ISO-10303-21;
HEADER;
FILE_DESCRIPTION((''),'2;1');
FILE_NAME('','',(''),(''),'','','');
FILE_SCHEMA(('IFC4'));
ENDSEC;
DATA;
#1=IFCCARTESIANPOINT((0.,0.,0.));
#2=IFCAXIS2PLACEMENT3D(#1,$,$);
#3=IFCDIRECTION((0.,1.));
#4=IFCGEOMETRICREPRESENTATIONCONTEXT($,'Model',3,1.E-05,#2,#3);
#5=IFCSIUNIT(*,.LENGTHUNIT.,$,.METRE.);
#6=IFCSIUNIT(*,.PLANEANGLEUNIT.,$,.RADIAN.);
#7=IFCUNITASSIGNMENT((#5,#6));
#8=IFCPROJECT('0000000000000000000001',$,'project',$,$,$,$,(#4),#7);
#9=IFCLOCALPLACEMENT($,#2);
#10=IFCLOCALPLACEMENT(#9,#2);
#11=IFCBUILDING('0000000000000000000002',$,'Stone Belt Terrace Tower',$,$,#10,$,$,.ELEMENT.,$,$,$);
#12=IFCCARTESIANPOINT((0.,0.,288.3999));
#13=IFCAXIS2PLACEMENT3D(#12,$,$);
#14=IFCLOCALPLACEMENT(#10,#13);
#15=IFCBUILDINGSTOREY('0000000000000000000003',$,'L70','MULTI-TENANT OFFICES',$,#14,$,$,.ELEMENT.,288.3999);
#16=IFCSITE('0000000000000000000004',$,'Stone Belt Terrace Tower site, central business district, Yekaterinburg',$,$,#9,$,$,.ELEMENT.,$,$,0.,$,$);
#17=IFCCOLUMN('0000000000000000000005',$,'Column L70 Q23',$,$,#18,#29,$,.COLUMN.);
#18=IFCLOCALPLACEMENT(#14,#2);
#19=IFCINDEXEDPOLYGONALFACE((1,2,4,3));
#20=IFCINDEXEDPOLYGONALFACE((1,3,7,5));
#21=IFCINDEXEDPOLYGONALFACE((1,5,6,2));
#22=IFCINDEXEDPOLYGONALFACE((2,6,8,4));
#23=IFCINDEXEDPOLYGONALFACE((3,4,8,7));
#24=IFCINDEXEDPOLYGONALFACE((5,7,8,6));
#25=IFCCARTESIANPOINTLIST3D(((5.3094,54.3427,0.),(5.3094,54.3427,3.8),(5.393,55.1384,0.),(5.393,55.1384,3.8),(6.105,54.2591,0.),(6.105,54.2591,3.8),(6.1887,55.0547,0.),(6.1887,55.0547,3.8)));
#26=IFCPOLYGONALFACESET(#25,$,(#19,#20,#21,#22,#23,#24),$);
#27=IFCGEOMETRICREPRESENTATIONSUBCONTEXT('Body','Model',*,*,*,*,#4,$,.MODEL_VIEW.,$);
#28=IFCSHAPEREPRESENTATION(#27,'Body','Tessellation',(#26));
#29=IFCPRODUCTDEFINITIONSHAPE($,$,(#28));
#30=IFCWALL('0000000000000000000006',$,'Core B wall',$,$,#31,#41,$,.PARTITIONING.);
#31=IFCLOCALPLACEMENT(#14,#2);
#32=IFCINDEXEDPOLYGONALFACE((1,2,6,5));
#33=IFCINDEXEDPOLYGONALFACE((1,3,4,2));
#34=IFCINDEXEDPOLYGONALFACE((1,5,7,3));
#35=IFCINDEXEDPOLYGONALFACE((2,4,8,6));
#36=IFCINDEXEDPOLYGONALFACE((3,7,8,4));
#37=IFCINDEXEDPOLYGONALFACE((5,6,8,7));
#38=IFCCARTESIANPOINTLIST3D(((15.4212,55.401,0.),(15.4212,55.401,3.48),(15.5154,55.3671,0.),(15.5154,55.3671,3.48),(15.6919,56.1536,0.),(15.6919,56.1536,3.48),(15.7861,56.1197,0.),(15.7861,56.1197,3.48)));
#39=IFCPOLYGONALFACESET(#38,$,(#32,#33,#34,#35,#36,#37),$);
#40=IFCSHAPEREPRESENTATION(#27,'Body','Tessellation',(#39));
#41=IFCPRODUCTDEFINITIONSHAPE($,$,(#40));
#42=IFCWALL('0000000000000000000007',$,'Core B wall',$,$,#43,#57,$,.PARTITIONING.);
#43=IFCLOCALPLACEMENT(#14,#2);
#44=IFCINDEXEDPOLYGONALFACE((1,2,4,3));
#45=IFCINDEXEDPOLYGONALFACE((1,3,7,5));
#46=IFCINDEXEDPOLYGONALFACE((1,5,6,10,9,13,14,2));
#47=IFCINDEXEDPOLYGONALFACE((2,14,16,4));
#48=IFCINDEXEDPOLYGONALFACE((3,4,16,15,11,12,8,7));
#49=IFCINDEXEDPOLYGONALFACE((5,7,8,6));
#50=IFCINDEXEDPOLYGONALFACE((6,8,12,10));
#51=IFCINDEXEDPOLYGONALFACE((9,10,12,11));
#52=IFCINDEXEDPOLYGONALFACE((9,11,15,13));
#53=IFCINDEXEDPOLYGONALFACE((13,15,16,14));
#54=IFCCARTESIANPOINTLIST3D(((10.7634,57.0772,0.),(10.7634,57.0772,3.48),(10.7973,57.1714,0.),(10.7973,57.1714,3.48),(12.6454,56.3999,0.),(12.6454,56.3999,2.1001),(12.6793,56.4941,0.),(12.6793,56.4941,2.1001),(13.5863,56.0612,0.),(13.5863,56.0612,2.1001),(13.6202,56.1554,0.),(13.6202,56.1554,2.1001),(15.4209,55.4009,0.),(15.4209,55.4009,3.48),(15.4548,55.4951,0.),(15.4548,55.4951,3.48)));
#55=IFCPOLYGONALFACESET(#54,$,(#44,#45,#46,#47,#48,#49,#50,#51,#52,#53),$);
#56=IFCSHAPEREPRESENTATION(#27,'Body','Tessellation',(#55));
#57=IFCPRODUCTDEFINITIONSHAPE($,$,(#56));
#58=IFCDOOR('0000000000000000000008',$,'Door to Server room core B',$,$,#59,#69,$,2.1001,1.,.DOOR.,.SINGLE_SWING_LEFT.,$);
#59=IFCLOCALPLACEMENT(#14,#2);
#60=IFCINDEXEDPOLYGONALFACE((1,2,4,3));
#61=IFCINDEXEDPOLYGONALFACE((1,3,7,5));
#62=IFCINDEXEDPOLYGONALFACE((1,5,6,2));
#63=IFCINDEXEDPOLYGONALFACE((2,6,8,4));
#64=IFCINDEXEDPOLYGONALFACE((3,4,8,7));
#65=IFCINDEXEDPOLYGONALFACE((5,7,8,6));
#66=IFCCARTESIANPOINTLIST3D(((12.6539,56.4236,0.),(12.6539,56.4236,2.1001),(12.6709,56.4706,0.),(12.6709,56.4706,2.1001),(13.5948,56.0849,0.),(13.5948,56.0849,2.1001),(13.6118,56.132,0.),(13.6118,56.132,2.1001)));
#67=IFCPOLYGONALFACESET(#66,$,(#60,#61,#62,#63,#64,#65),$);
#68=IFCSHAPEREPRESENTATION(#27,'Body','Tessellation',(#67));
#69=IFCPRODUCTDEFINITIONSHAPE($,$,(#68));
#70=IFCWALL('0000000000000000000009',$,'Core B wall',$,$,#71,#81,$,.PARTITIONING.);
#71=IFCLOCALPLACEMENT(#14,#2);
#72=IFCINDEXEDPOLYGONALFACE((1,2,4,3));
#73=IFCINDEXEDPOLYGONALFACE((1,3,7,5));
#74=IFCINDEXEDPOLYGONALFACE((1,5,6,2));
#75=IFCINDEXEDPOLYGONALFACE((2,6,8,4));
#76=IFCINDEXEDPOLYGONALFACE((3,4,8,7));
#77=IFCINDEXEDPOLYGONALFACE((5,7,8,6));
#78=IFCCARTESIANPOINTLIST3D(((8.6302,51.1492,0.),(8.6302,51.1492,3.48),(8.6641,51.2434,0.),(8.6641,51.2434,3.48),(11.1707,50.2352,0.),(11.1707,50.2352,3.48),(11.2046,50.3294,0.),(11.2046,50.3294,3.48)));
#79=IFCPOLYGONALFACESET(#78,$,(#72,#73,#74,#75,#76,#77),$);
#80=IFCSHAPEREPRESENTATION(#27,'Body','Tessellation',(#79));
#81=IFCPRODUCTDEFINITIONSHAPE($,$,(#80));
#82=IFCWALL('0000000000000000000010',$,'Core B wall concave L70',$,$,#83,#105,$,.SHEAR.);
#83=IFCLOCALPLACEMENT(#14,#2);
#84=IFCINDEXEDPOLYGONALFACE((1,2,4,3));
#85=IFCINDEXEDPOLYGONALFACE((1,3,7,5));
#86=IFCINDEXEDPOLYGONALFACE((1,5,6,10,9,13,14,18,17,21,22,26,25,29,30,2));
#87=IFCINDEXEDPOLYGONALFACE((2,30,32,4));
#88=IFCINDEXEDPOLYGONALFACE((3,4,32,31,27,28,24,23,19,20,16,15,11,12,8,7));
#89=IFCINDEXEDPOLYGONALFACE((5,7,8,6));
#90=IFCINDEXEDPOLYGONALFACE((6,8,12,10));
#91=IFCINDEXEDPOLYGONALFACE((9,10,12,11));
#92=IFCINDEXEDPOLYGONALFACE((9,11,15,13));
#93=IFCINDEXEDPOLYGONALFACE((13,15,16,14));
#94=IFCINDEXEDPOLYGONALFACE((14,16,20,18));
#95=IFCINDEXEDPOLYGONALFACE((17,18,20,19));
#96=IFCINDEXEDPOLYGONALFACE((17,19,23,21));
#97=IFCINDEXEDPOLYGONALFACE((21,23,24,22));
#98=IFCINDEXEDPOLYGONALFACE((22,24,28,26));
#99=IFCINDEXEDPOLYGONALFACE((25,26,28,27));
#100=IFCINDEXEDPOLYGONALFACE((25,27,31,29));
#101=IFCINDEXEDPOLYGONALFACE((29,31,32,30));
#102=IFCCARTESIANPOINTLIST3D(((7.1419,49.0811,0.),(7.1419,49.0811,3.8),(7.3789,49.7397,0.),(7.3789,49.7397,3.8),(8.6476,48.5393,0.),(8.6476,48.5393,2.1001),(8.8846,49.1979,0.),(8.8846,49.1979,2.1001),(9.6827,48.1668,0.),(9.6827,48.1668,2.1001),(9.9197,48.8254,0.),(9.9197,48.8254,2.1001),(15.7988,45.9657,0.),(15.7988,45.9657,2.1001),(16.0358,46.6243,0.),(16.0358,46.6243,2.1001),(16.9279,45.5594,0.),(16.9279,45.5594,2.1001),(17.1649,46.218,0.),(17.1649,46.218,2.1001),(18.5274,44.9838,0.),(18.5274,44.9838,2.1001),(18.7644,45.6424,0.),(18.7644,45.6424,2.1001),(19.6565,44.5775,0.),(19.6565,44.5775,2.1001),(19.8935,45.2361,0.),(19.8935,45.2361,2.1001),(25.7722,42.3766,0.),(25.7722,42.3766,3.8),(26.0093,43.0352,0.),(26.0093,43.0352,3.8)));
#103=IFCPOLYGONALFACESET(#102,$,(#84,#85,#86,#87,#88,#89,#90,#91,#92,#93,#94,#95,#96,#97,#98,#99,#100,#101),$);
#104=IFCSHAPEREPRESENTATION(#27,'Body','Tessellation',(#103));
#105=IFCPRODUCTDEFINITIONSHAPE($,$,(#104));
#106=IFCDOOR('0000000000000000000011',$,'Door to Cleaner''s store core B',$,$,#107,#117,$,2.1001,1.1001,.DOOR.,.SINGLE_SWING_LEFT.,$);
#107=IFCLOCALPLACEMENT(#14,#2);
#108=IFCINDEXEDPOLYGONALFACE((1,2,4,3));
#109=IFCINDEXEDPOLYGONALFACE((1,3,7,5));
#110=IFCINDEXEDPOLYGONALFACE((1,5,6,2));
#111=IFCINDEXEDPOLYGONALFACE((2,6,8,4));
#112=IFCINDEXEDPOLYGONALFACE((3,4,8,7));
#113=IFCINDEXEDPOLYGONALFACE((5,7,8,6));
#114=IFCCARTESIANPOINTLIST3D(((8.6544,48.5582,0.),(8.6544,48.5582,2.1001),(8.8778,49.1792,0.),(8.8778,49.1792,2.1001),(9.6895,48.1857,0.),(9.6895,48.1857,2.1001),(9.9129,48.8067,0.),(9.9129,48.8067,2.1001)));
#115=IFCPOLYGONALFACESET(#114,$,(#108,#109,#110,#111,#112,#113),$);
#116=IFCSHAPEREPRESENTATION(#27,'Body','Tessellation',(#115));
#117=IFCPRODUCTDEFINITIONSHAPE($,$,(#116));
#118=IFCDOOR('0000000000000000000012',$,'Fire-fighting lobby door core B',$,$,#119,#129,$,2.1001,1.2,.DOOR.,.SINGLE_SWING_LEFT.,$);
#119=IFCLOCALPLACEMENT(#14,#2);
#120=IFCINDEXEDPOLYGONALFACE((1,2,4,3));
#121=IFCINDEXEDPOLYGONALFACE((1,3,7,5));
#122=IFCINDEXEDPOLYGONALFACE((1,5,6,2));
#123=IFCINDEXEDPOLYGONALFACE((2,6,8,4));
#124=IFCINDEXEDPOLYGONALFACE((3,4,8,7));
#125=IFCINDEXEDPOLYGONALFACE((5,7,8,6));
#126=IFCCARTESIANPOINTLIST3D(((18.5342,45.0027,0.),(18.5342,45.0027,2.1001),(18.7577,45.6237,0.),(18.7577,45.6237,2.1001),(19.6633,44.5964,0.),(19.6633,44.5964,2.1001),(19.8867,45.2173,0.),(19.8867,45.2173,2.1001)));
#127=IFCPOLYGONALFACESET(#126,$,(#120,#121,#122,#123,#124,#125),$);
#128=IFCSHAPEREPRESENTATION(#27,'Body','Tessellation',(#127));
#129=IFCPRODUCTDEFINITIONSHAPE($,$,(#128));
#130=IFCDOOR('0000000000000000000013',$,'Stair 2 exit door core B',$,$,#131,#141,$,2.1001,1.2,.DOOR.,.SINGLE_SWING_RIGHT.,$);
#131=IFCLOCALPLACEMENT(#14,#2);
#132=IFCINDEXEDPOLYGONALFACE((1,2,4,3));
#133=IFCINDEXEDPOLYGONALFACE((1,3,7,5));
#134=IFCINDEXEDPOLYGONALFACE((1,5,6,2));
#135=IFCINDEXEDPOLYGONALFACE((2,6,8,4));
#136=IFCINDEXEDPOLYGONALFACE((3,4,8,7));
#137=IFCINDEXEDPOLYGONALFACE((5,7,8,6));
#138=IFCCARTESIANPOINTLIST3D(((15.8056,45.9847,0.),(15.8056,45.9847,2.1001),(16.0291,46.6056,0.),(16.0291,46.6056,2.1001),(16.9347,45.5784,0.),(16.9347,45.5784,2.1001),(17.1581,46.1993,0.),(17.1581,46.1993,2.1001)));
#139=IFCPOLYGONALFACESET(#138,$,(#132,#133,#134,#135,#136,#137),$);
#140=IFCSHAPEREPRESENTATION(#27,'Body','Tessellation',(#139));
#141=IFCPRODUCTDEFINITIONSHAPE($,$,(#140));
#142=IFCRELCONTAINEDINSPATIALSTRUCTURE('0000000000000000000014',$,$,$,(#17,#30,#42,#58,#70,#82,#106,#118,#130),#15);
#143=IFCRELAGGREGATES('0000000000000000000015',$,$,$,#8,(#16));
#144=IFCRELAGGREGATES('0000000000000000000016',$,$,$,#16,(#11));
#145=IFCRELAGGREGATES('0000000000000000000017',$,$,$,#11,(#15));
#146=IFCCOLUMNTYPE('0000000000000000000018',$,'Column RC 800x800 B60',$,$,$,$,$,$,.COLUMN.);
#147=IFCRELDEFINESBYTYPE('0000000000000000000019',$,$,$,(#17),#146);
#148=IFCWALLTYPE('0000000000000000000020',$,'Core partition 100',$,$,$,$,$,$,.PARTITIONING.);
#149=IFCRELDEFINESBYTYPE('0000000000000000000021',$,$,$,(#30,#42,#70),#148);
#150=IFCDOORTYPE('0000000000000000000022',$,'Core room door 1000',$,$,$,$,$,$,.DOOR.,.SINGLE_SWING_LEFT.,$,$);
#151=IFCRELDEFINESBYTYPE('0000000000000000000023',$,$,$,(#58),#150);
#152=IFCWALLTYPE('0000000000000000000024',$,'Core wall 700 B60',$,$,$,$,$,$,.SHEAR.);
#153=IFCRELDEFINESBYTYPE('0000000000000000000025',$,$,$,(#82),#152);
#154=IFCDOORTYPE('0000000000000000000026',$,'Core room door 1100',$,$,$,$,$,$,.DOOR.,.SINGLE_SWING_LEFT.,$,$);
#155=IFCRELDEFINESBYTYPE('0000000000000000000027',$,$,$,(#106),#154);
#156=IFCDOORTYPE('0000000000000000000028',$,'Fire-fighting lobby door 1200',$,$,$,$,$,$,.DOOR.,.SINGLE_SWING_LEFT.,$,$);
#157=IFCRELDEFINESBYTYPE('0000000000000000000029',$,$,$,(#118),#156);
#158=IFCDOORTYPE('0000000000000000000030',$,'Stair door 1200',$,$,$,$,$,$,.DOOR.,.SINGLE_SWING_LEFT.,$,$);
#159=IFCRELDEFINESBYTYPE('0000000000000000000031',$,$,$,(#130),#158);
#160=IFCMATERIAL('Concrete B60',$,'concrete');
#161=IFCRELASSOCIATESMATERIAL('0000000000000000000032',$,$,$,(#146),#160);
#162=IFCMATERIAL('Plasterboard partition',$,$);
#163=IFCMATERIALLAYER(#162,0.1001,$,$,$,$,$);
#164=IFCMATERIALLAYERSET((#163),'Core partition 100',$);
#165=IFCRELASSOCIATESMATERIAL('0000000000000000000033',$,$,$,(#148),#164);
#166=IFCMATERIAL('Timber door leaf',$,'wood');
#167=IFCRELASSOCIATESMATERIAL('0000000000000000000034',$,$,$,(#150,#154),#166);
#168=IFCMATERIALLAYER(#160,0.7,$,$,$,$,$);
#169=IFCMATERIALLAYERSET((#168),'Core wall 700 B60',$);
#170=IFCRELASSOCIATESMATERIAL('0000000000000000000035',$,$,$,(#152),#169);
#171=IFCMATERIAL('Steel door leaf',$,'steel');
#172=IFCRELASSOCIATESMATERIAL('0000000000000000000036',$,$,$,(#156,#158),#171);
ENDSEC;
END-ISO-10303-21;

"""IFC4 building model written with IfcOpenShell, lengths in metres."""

from ifc_helpers import new_model, si_unit, direction, frame, frame_2d, origin, origin_2d, place, context, subcontext, project, spatial, rectangle, extrude, material, layer, layer_set, material_profile, profile_set, type_object, element, fill, save


model = new_model("IFC4")

# Units and contexts
model_context = context("Model", 3, precision=1e-05, world=origin(), true_north=direction((0.0, 1.0)))
body_context = subcontext(model_context, "Body", "Model", "MODEL_VIEW")
ifc_project = project(units=[si_unit("LENGTHUNIT", "METRE"), si_unit("PLANEANGLEUNIT", "RADIAN")], contexts=[model_context])

# Site, building, storey
site_placement = place(None, origin())
site = spatial("IfcSite", under=ifc_project, at=site_placement, Name="Stone Belt Terrace Tower site, central business district, Yekaterinburg", CompositionType="ELEMENT", RefElevation=0.0)
building_placement = place(site_placement, origin())
building = spatial("IfcBuilding", under=site, at=building_placement, Name="Stone Belt Terrace Tower", CompositionType="ELEMENT")
storey_placement = place(building_placement, frame((0.0, 0.0, 288.3999)))
storey = spatial("IfcBuildingStorey", under=building, at=storey_placement, Name="L70", Description="MULTI-TENANT OFFICES", CompositionType="ELEMENT", Elevation=288.3999)

# Column
ifc_material_1 = material(Name="Concrete B60", Category="concrete")
ifc_material_profile = material_profile(ifc_material_1, rectangle(XDim=0.8, YDim=0.8, at=origin_2d()), Name="RC 800x800")
ifc_profile_set = profile_set([ifc_material_profile], Name="Concrete B60")
column_type = type_object("IfcColumnType", Name="Column RC 800x800 B60", PredefinedType="COLUMN", material=ifc_profile_set)
column_placement = place(storey_placement, frame((5.749, 54.6987, 0.0), z_axis=(0.0, 0.0, 1.0), x_axis=(0.994522, -0.104528, 0.0)))
element("IfcColumn", 1, at=column_placement, inside=storey, type_object=column_type, Name="Column L70 Q23", PredefinedType="COLUMN", context=body_context, shape_type="SweptSolid", body=[
    extrude(rectangle(XDim=0.8, YDim=0.8, at=origin_2d()), origin(), (0.0, 0.0, 1.0), 3.8),
])

# Wall
ifc_material_2 = material(Name="Plasterboard partition")
ifc_layer_1 = layer(ifc_material_2, 0.1001)
ifc_layer_set_1 = layer_set([ifc_layer_1], Name="Core partition 100")
wall_type_1 = type_object("IfcWallType", Name="Core partition 100", PredefinedType="PARTITIONING", material=ifc_layer_set_1)
wall_1_placement = place(storey_placement, frame((15.4683, 55.384, 0.0), z_axis=(0.0, 0.0, 1.0), x_axis=(0.338482, 0.940973, 0.0)))
element("IfcWall", 2, at=wall_1_placement, inside=storey, type_object=wall_type_1, Name="Core B wall", PredefinedType="PARTITIONING", context=body_context, shape_type="SweptSolid", body=[
    extrude(rectangle(XDim=0.7998, YDim=0.1001, at=frame_2d((0.3999, 0.0))), origin(), (0.0, 0.0, 1.0), 3.48),
])

# Wall, opening, door
wall_2_placement = place(storey_placement, frame((15.438, 55.448, 0.0), z_axis=(0.0, 0.0, 1.0), x_axis=(-0.940914, 0.338644, 0.0)))
wall_2 = element("IfcWall", 3, at=wall_2_placement, inside=storey, type_object=wall_type_1, Name="Core B wall", PredefinedType="PARTITIONING", context=body_context, shape_type="SweptSolid", body=[
    extrude(rectangle(XDim=4.95, YDim=0.1001, at=frame_2d((2.4751, 0.0))), origin(), (0.0, 0.0, 1.0), 3.48),
])
opening_1_placement = place(wall_2_placement, frame((1.95, 0.0, 0.0)))
opening_1 = element("IfcOpeningElement", 4, at=opening_1_placement, cuts=wall_2, PredefinedType="OPENING", context=body_context, shape_type="SweptSolid", body=[
    extrude(rectangle(XDim=1.0, YDim=2.1001, at=frame_2d((0.5, 1.05))), frame((0.0, 0.0601, 0.0), z_axis=(0.0, -1.0, 0.0), x_axis=(1.0, 0.0, 0.0)), (0.0, 0.0, 1.0), 0.1201),
])
ifc_material_3 = material(Name="Timber door leaf", Category="wood")
door_type_1 = type_object("IfcDoorType", Name="Core room door 1000", OperationType="SINGLE_SWING_LEFT", PredefinedType="DOOR", material=ifc_material_3)
door_1_placement = place(opening_1_placement, origin())
door_1 = element("IfcDoor", 5, at=door_1_placement, inside=storey, type_object=door_type_1, Name="Door to Server room core B", OperationType="SINGLE_SWING_LEFT", OverallHeight=2.1001, OverallWidth=1.0, PredefinedType="DOOR", context=body_context, shape_type="SweptSolid", body=[
    extrude(rectangle(XDim=1.0, YDim=2.1001, at=frame_2d((0.5, 1.05))), frame((0.0, 0.0249, 0.0), z_axis=(0.0, -1.0, 0.0), x_axis=(1.0, 0.0, 0.0)), (0.0, 0.0, 1.0), 0.05),
])
fill(opening_1, door_1)

# Wall
wall_3_placement = place(storey_placement, frame((11.1877, 50.2822, 0.0), z_axis=(0.0, 0.0, 1.0), x_axis=(-0.94095, 0.338547, 0.0)))
element("IfcWall", 6, at=wall_3_placement, inside=storey, type_object=wall_type_1, Name="Core B wall", PredefinedType="PARTITIONING", context=body_context, shape_type="SweptSolid", body=[
    extrude(rectangle(XDim=2.7, YDim=0.1001, at=frame_2d((1.3501, 0.0))), origin(), (0.0, 0.0, 1.0), 3.48),
])

# Wall, openings, doors
ifc_layer_2 = layer(ifc_material_1, 0.7)
ifc_layer_set_2 = layer_set([ifc_layer_2], Name="Core wall 700 B60")
wall_type_2 = type_object("IfcWallType", Name="Core wall 700 B60", PredefinedType="SHEAR", material=ifc_layer_set_2)
wall_4_placement = place(storey_placement, frame((7.2605, 49.4104, 0.0), z_axis=(0.0, 0.0, 1.0), x_axis=(0.940925, -0.338615, 0.0)))
wall_4 = element("IfcWall", 7, at=wall_4_placement, inside=storey, type_object=wall_type_2, Name="Core B wall concave L70", PredefinedType="SHEAR", context=body_context, shape_type="SweptSolid", body=[
    extrude(rectangle(XDim=19.8, YDim=0.7, at=frame_2d((9.8999, 0.0))), origin(), (0.0, 0.0, 1.0), 3.8),
])
opening_2_placement = place(wall_4_placement, frame((12.1001, 0.0, 0.0)))
opening_2 = element("IfcOpeningElement", 8, at=opening_2_placement, cuts=wall_4, PredefinedType="OPENING", context=body_context, shape_type="SweptSolid", body=[
    extrude(rectangle(XDim=1.2, YDim=2.1001, at=frame_2d((0.6001, 1.05))), frame((0.0, 0.3599, 0.0), z_axis=(0.0, -1.0, 0.0), x_axis=(1.0, 0.0, 0.0)), (0.0, 0.0, 1.0), 0.72),
])
opening_3_placement = place(wall_4_placement, frame((9.2002, 0.0, 0.0)))
opening_3 = element("IfcOpeningElement", 9, at=opening_3_placement, cuts=wall_4, PredefinedType="OPENING", context=body_context, shape_type="SweptSolid", body=[
    extrude(rectangle(XDim=1.2, YDim=2.1001, at=frame_2d((0.6001, 1.05))), frame((0.0, 0.3599, 0.0), z_axis=(0.0, -1.0, 0.0), x_axis=(1.0, 0.0, 0.0)), (0.0, 0.0, 1.0), 0.72),
])
opening_4_placement = place(wall_4_placement, frame((1.6001, 0.0, 0.0)))
opening_4 = element("IfcOpeningElement", 10, at=opening_4_placement, cuts=wall_4, PredefinedType="OPENING", context=body_context, shape_type="SweptSolid", body=[
    extrude(rectangle(XDim=1.1001, YDim=2.1001, at=frame_2d((0.55, 1.05))), frame((0.0, 0.3599, 0.0), z_axis=(0.0, -1.0, 0.0), x_axis=(1.0, 0.0, 0.0)), (0.0, 0.0, 1.0), 0.72),
])
door_type_2 = type_object("IfcDoorType", Name="Core room door 1100", OperationType="SINGLE_SWING_LEFT", PredefinedType="DOOR", material=ifc_material_3)
door_2_placement = place(opening_4_placement, origin())
door_2 = element("IfcDoor", 11, at=door_2_placement, inside=storey, type_object=door_type_2, Name="Door to Cleaner's store core B", OperationType="SINGLE_SWING_LEFT", OverallHeight=2.1001, OverallWidth=1.1001, PredefinedType="DOOR", context=body_context, shape_type="SweptSolid", body=[
    extrude(rectangle(XDim=1.1001, YDim=2.1001, at=frame_2d((0.55, 1.05))), frame((0.0, 0.3301, 0.0), z_axis=(0.0, -1.0, 0.0), x_axis=(1.0, 0.0, 0.0)), (0.0, 0.0, 1.0), 0.6599),
])
fill(opening_4, door_2)
ifc_material_4 = material(Name="Steel door leaf", Category="steel")
door_type_3 = type_object("IfcDoorType", Name="Fire-fighting lobby door 1200", OperationType="SINGLE_SWING_LEFT", PredefinedType="DOOR", material=ifc_material_4)
door_3_placement = place(opening_2_placement, origin())
door_3 = element("IfcDoor", 12, at=door_3_placement, inside=storey, type_object=door_type_3, Name="Fire-fighting lobby door core B", OperationType="SINGLE_SWING_LEFT", OverallHeight=2.1001, OverallWidth=1.2, PredefinedType="DOOR", context=body_context, shape_type="SweptSolid", body=[
    extrude(rectangle(XDim=1.2, YDim=2.1001, at=frame_2d((0.6001, 1.05))), frame((0.0, 0.3301, 0.0), z_axis=(0.0, -1.0, 0.0), x_axis=(1.0, 0.0, 0.0)), (0.0, 0.0, 1.0), 0.6599),
])
fill(opening_2, door_3)
door_type_4 = type_object("IfcDoorType", Name="Stair door 1200", OperationType="SINGLE_SWING_LEFT", PredefinedType="DOOR", material=ifc_material_4)
door_4_placement = place(opening_3_placement, origin())
door_4 = element("IfcDoor", 13, at=door_4_placement, inside=storey, type_object=door_type_4, Name="Stair 2 exit door core B", OperationType="SINGLE_SWING_RIGHT", OverallHeight=2.1001, OverallWidth=1.2, PredefinedType="DOOR", context=body_context, shape_type="SweptSolid", body=[
    extrude(rectangle(XDim=1.2, YDim=2.1001, at=frame_2d((0.6001, 1.05))), frame((0.0, 0.3301, 0.0), z_axis=(0.0, -1.0, 0.0), x_axis=(1.0, 0.0, 0.0)), (0.0, 0.0, 1.0), 0.6599),
])
fill(opening_3, door_4)

save(model, "model.ifc")
